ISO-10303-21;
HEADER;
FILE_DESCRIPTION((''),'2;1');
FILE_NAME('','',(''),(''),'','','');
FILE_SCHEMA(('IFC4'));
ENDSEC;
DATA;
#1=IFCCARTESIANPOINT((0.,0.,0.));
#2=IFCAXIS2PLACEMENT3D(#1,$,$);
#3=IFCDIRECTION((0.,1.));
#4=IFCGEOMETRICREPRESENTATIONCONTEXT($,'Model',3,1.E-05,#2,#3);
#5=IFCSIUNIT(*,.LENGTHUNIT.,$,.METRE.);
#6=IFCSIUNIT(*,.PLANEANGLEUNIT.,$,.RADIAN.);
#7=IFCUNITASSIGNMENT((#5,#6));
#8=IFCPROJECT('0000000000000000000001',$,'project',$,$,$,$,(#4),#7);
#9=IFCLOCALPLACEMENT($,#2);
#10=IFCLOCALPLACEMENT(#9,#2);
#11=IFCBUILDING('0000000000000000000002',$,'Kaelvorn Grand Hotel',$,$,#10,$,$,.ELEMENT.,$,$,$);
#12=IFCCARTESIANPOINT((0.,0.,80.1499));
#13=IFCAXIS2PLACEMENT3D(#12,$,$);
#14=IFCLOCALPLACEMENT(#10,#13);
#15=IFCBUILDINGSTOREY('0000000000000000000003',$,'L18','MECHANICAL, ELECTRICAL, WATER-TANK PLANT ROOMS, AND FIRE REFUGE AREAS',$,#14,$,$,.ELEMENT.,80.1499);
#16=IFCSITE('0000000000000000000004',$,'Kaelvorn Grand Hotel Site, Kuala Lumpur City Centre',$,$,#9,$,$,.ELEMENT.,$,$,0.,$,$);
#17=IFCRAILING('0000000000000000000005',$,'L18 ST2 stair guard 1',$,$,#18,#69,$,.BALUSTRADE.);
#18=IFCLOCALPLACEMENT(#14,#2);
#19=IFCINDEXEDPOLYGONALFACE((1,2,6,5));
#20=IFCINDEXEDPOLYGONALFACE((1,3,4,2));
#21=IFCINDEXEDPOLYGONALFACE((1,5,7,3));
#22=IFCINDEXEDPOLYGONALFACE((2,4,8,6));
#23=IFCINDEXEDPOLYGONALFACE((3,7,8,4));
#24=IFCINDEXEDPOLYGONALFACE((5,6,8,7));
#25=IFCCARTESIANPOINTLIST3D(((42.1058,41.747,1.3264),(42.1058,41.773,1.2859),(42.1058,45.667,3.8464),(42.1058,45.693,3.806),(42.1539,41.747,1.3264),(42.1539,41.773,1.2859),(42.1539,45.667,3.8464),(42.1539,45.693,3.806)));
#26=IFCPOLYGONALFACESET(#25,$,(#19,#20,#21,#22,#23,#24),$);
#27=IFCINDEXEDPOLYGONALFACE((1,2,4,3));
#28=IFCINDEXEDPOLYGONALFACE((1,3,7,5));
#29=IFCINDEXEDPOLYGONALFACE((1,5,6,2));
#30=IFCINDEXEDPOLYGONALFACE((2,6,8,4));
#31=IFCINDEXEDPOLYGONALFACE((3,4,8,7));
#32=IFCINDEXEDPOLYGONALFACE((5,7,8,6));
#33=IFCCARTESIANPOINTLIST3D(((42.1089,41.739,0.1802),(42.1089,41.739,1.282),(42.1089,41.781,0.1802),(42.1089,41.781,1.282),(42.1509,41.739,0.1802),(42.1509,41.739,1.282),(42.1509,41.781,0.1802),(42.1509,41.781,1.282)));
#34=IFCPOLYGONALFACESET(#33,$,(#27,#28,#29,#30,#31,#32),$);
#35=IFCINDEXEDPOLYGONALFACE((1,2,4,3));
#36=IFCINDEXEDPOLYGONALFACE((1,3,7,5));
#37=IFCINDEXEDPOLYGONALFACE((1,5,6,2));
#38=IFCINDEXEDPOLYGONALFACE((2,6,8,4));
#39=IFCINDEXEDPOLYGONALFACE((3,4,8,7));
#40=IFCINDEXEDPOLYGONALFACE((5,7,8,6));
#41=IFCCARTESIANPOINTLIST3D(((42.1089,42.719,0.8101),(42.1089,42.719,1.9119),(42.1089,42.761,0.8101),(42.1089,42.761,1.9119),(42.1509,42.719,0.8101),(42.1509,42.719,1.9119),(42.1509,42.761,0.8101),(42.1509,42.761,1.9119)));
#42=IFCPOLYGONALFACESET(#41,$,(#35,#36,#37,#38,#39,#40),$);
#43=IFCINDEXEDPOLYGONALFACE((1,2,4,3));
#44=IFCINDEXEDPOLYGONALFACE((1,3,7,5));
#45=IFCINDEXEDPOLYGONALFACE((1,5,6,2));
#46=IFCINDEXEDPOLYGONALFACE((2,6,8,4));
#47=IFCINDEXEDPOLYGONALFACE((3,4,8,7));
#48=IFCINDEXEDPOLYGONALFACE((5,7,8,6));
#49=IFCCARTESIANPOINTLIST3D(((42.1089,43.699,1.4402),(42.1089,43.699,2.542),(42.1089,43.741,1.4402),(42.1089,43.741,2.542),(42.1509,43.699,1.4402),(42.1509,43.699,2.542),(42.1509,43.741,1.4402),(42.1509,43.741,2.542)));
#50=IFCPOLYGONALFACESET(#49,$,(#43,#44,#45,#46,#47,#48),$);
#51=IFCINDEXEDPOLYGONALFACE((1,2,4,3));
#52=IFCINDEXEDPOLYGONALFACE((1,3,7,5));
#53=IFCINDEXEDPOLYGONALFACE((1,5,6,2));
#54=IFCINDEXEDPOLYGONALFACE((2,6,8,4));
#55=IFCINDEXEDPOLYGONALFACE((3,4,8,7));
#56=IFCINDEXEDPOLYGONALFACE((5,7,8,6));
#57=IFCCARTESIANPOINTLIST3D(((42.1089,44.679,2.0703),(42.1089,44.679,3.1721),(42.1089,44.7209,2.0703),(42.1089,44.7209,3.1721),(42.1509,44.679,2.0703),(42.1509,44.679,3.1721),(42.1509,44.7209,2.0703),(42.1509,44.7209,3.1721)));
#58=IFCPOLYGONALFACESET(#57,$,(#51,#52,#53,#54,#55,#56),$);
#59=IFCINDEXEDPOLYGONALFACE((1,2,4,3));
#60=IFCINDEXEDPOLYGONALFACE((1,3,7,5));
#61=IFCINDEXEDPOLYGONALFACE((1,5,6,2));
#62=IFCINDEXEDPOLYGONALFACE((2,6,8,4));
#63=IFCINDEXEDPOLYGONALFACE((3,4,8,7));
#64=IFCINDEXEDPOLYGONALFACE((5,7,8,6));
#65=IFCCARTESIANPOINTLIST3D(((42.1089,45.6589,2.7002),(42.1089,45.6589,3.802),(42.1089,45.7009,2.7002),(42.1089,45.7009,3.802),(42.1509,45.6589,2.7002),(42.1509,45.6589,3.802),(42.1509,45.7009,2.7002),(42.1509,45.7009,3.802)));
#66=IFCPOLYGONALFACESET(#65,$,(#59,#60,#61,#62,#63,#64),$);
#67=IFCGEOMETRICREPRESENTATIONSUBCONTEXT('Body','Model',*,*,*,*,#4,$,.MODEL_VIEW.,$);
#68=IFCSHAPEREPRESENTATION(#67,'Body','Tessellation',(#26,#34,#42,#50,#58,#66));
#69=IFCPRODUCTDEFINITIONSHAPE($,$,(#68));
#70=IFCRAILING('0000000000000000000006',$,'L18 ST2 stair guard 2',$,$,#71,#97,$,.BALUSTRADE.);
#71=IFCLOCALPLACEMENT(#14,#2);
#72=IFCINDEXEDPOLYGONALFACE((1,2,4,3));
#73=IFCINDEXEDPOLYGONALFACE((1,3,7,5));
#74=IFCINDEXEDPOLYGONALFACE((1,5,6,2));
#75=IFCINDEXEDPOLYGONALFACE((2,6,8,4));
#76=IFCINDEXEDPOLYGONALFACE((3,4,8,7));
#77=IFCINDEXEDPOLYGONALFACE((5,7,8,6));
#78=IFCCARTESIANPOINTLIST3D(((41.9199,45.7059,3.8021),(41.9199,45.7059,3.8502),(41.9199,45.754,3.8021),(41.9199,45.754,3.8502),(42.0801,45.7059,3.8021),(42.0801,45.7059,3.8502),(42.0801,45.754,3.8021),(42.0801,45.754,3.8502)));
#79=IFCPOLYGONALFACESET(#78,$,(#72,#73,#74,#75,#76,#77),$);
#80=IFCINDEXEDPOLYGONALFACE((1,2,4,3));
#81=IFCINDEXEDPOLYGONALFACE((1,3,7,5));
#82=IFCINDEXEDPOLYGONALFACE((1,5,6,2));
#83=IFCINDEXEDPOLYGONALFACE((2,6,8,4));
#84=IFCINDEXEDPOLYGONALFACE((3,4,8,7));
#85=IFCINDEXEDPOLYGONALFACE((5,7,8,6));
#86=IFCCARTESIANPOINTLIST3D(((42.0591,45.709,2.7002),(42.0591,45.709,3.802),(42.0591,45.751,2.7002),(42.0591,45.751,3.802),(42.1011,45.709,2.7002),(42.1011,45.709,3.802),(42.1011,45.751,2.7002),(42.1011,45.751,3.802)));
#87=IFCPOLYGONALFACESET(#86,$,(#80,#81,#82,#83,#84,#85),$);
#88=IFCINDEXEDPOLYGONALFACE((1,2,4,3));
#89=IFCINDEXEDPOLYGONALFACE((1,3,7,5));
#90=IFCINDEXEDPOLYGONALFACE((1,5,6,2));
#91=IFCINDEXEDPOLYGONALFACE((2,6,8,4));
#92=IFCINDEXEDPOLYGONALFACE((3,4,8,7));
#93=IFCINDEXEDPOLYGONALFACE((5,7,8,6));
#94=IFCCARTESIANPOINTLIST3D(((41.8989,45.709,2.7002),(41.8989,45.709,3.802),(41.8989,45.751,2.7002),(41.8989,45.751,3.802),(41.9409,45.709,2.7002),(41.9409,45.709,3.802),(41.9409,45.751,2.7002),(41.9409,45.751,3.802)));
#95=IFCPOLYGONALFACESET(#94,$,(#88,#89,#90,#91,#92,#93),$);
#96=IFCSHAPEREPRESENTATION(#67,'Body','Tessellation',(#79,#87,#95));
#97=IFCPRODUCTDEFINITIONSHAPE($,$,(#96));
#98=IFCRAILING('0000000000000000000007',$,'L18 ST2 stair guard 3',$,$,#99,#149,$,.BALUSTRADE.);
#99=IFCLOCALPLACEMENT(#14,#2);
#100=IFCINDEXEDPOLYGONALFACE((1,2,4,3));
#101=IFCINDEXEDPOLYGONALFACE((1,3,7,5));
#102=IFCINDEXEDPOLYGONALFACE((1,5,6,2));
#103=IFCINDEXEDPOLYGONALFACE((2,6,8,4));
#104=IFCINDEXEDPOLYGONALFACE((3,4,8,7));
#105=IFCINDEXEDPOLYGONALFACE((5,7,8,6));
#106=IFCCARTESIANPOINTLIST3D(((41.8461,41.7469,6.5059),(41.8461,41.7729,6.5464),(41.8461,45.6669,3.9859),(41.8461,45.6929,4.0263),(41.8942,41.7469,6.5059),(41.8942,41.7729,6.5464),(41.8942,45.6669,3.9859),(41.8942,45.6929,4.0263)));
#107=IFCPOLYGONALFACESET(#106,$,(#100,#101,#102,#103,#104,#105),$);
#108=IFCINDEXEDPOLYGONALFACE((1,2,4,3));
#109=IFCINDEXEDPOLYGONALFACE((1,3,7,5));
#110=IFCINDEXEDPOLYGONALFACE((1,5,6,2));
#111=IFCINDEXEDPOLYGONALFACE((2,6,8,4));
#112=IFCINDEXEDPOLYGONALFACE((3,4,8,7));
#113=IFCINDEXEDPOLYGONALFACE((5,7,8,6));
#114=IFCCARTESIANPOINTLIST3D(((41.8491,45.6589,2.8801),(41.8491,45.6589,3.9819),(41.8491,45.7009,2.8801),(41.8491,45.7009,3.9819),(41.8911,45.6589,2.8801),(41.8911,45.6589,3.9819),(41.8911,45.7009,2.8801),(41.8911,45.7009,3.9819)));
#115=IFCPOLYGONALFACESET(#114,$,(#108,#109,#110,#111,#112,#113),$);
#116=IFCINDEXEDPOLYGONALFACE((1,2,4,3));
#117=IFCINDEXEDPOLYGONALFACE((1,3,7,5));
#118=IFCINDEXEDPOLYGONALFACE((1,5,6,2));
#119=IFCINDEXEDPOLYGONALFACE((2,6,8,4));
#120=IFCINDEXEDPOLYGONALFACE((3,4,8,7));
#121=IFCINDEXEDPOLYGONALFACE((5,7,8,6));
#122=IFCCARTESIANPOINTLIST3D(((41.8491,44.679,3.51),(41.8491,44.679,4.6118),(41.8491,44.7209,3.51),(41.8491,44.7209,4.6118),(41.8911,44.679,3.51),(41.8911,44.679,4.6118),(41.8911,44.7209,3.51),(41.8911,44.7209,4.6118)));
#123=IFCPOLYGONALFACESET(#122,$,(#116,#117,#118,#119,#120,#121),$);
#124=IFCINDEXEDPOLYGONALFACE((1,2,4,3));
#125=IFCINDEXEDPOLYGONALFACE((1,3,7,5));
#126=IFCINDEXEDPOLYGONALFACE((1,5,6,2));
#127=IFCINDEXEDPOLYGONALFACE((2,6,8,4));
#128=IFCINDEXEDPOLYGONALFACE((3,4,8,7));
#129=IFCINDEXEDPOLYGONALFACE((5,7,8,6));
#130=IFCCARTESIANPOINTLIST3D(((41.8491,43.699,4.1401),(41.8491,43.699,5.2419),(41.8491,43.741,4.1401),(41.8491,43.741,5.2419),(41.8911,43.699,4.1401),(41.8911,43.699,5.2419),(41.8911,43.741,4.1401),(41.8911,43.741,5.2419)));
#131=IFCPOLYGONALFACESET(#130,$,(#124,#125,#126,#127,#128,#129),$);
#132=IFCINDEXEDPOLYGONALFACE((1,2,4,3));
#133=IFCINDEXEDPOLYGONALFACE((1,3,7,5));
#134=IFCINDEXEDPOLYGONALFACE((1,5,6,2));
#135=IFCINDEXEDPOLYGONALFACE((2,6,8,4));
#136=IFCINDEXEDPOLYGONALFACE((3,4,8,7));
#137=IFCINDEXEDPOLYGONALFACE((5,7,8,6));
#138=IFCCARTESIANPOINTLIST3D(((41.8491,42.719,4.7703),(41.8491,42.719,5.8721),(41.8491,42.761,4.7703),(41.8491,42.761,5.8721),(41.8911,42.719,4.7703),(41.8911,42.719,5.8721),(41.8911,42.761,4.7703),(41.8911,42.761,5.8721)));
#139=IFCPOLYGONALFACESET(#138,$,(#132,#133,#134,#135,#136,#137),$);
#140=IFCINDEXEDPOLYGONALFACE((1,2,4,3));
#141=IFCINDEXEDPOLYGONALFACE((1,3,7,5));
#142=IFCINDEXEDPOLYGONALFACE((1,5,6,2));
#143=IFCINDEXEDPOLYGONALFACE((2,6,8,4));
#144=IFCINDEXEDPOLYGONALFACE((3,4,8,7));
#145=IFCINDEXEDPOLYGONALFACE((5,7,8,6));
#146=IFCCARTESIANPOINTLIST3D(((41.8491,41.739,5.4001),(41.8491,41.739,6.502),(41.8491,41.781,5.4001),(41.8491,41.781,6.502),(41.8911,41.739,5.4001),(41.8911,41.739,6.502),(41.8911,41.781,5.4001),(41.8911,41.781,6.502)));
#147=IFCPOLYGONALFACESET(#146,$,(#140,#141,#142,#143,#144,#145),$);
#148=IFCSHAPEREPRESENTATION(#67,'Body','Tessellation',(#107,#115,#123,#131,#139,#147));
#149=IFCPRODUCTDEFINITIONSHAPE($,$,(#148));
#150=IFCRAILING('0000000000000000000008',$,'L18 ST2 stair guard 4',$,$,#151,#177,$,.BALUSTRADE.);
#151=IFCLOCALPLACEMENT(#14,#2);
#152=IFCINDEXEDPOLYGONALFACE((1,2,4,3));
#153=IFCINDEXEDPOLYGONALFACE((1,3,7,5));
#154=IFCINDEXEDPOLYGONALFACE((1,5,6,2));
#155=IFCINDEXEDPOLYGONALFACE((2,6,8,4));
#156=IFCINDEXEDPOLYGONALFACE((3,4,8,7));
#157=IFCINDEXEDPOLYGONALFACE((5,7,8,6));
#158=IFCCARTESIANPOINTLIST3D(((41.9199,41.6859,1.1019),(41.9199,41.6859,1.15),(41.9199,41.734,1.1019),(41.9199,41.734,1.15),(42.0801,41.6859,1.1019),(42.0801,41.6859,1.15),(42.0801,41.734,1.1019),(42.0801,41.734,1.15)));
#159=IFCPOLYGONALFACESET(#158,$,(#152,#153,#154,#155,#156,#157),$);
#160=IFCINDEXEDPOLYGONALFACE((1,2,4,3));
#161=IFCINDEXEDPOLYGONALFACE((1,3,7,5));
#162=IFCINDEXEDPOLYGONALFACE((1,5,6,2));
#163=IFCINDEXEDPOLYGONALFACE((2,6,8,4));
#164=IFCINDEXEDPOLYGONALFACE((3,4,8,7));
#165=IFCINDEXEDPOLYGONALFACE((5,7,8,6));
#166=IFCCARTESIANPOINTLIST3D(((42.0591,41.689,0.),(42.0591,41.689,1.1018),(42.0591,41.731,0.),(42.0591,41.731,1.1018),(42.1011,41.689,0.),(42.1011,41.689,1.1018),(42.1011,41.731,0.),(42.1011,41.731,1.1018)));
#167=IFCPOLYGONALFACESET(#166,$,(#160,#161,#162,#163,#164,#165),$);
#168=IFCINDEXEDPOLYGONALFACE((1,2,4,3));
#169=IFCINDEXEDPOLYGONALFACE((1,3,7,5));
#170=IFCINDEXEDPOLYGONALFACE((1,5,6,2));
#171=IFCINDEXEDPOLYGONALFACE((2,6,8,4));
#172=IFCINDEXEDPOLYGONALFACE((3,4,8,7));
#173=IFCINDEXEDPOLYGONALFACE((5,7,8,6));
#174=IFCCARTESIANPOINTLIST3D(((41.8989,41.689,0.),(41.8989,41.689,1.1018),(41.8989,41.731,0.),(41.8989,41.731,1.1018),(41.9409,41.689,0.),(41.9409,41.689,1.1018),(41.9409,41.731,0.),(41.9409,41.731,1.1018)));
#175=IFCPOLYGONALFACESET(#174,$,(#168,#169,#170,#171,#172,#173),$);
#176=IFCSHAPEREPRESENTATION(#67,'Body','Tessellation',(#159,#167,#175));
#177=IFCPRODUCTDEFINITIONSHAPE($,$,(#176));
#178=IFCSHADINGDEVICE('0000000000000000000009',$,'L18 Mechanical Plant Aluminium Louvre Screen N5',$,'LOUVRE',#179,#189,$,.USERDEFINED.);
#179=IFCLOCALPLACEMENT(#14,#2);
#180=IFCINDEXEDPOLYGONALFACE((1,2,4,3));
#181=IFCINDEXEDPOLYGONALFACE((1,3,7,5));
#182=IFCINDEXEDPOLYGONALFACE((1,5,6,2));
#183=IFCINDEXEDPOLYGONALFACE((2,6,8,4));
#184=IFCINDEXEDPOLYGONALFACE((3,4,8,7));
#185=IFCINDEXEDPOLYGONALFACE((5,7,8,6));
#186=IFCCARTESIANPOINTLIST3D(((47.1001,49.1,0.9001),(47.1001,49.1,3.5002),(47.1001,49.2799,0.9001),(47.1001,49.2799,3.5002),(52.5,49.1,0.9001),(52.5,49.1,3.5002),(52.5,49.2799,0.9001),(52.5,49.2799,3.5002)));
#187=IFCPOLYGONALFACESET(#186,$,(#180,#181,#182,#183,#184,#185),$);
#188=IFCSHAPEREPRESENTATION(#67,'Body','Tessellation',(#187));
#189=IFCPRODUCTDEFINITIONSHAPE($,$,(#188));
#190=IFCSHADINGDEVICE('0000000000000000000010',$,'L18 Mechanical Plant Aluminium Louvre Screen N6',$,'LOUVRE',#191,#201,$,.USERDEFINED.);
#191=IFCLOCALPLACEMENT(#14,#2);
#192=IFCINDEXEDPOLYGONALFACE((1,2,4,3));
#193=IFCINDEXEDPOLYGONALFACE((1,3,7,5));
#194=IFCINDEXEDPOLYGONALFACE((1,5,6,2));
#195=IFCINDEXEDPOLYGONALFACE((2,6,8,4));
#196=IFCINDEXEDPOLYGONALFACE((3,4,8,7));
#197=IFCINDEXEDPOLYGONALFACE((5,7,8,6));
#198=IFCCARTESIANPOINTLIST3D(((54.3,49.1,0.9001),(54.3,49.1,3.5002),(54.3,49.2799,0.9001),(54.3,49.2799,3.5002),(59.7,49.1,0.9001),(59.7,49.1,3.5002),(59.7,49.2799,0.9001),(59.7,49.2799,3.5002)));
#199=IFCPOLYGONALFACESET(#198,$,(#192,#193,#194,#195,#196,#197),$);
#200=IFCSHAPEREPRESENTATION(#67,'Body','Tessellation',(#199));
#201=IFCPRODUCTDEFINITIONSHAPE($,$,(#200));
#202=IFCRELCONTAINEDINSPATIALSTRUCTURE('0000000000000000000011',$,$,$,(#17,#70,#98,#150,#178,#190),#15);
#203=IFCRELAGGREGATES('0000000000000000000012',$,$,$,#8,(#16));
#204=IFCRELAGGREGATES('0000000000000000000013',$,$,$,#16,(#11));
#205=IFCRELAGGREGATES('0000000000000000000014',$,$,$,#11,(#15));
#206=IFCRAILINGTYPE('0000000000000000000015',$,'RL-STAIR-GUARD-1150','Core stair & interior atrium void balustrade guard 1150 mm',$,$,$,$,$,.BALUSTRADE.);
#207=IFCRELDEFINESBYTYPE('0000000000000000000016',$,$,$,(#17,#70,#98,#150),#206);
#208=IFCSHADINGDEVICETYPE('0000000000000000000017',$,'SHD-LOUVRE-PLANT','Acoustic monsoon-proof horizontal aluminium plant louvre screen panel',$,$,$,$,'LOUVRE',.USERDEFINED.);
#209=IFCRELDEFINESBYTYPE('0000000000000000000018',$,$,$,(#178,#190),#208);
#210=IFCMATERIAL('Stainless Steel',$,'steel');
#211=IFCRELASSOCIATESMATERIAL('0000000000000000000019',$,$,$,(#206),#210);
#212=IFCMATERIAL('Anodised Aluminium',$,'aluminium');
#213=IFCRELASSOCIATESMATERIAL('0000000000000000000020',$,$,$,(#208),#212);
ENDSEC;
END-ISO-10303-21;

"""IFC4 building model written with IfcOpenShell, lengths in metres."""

from ifc_helpers import new_model, si_unit, direction, frame, origin, origin_2d, place, context, subcontext, project, spatial, rectangle, extrude, material, type_object, element, save


model = new_model("IFC4")

# Units and contexts
model_context = context("Model", 3, precision=1e-05, world=origin(), true_north=direction((0.0, 1.0)))
body_context = subcontext(model_context, "Body", "Model", "MODEL_VIEW")
ifc_project = project(units=[si_unit("LENGTHUNIT", "METRE"), si_unit("PLANEANGLEUNIT", "RADIAN")], contexts=[model_context])

# Site, building, storey
site_placement = place(None, origin())
site = spatial("IfcSite", under=ifc_project, at=site_placement, Name="Kaelvorn Grand Hotel Site, Kuala Lumpur City Centre", CompositionType="ELEMENT", RefElevation=0.0)
building_placement = place(site_placement, origin())
building = spatial("IfcBuilding", under=site, at=building_placement, Name="Kaelvorn Grand Hotel", CompositionType="ELEMENT")
storey_placement = place(building_placement, frame((0.0, 0.0, 80.1499)))
storey = spatial("IfcBuildingStorey", under=building, at=storey_placement, Name="L18", Description="MECHANICAL, ELECTRICAL, WATER-TANK PLANT ROOMS, AND FIRE REFUGE AREAS", CompositionType="ELEMENT", Elevation=80.1499)

# Railings
ifc_material_1 = material(Name="Stainless Steel", Category="steel")
railing_type_1 = type_object("IfcRailingType", Name="RL-STAIR-GUARD-1150", Description="Core stair & interior atrium void balustrade guard 1150 mm", PredefinedType="BALUSTRADE", material=ifc_material_1)
railing_1_placement = place(storey_placement, frame((42.1299, 41.76, 0.1802)))
element("IfcRailing", 1, at=railing_1_placement, inside=storey, type_object=railing_type_1, Name="L18 ST2 stair guard 1", PredefinedType="BALUSTRADE", context=body_context, shape_type="SweptSolid", body=[
    extrude(rectangle(XDim=0.0481, YDim=0.0481, at=origin_2d()), frame((0.0, 0.0, 1.126), z_axis=(0.0, 0.841172, 0.540768), x_axis=(-1.0, 0.0, 0.0)), (0.0, 0.0, 1.0), 4.6602),
    extrude(rectangle(XDim=0.042, YDim=0.042, at=origin_2d()), origin(), (0.0, 0.0, 1.0), 1.1018),
    extrude(rectangle(XDim=0.042, YDim=0.042, at=origin_2d()), frame((0.0, 0.98, 0.6299)), (0.0, 0.0, 1.0), 1.1018),
    extrude(rectangle(XDim=0.042, YDim=0.042, at=origin_2d()), frame((0.0, 1.96, 1.26)), (0.0, 0.0, 1.0), 1.1018),
    extrude(rectangle(XDim=0.042, YDim=0.042, at=origin_2d()), frame((0.0, 2.9399, 1.8901)), (0.0, 0.0, 1.0), 1.1018),
    extrude(rectangle(XDim=0.042, YDim=0.042, at=origin_2d()), frame((0.0, 3.9199, 2.52)), (0.0, 0.0, 1.0), 1.1018),
])
railing_2_placement = place(storey_placement, frame((42.0801, 45.73, 2.7002)))
element("IfcRailing", 2, at=railing_2_placement, inside=storey, type_object=railing_type_1, Name="L18 ST2 stair guard 2", PredefinedType="BALUSTRADE", context=body_context, shape_type="SweptSolid", body=[
    extrude(rectangle(XDim=0.0481, YDim=0.0481, at=origin_2d()), frame((0.0, 0.0, 1.126), z_axis=(-1.0, 0.0, 0.0), x_axis=(0.0, -1.0, 0.0)), (0.0, 0.0, 1.0), 0.1602),
    extrude(rectangle(XDim=0.042, YDim=0.042, at=origin_2d()), origin(), (0.0, 0.0, 1.0), 1.1018),
    extrude(rectangle(XDim=0.042, YDim=0.042, at=origin_2d()), frame((-0.1602, 0.0, 0.0)), (0.0, 0.0, 1.0), 1.1018),
])
railing_3_placement = place(storey_placement, frame((41.8701, 45.6799, 2.8801)))
element("IfcRailing", 3, at=railing_3_placement, inside=storey, type_object=railing_type_1, Name="L18 ST2 stair guard 3", PredefinedType="BALUSTRADE", context=body_context, shape_type="SweptSolid", body=[
    extrude(rectangle(XDim=0.0481, YDim=0.0481, at=origin_2d()), frame((0.0, 0.0, 1.126), z_axis=(0.0, -0.841172, 0.540768), x_axis=(1.0, 0.0, 0.0)), (0.0, 0.0, 1.0), 4.6602),
    extrude(rectangle(XDim=0.042, YDim=0.042, at=origin_2d()), origin(), (0.0, 0.0, 1.0), 1.1018),
    extrude(rectangle(XDim=0.042, YDim=0.042, at=origin_2d()), frame((0.0, -0.98, 0.6299)), (0.0, 0.0, 1.0), 1.1018),
    extrude(rectangle(XDim=0.042, YDim=0.042, at=origin_2d()), frame((0.0, -1.96, 1.26)), (0.0, 0.0, 1.0), 1.1018),
    extrude(rectangle(XDim=0.042, YDim=0.042, at=origin_2d()), frame((0.0, -2.9399, 1.8901)), (0.0, 0.0, 1.0), 1.1018),
    extrude(rectangle(XDim=0.042, YDim=0.042, at=origin_2d()), frame((0.0, -3.9199, 2.52)), (0.0, 0.0, 1.0), 1.1018),
])
railing_4_placement = place(storey_placement, frame((42.0801, 41.71, 0.0)))
element("IfcRailing", 4, at=railing_4_placement, inside=storey, type_object=railing_type_1, Name="L18 ST2 stair guard 4", PredefinedType="BALUSTRADE", context=body_context, shape_type="SweptSolid", body=[
    extrude(rectangle(XDim=0.0481, YDim=0.0481, at=origin_2d()), frame((0.0, 0.0, 1.126), z_axis=(-1.0, 0.0, 0.0), x_axis=(0.0, -1.0, 0.0)), (0.0, 0.0, 1.0), 0.1602),
    extrude(rectangle(XDim=0.042, YDim=0.042, at=origin_2d()), origin(), (0.0, 0.0, 1.0), 1.1018),
    extrude(rectangle(XDim=0.042, YDim=0.042, at=origin_2d()), frame((-0.1602, 0.0, 0.0)), (0.0, 0.0, 1.0), 1.1018),
])

# Shading devices
ifc_material_2 = material(Name="Anodised Aluminium", Category="aluminium")
shading_device_type = type_object("IfcShadingDeviceType", Name="SHD-LOUVRE-PLANT", Description="Acoustic monsoon-proof horizontal aluminium plant louvre screen panel", ElementType="LOUVRE", PredefinedType="USERDEFINED", material=ifc_material_2)
for number, where, z_axis, x_axis, name in (
    (5, (49.8, 49.1899, 0.9001), (0.0, 0.0, 1.0), (1.0, 0.0, 0.0), "L18 Mechanical Plant Aluminium Louvre Screen N5"),
    (6, (57.0, 49.1899, 0.9001), (0.0, 0.0, 1.0), (1.0, 0.0, 0.0), "L18 Mechanical Plant Aluminium Louvre Screen N6"),
):
    element("IfcShadingDevice", number, at=place(storey_placement, frame(where, z_axis=z_axis, x_axis=x_axis)), inside=storey, type_object=shading_device_type, Name=name, ObjectType="LOUVRE", PredefinedType="USERDEFINED", context=body_context, shape_type="SweptSolid", body=[
        extrude(rectangle(XDim=5.3999, YDim=0.1799, at=origin_2d()), origin(), (0.0, 0.0, 1.0), 2.6001),
    ])

save(model, "model.ifc")
